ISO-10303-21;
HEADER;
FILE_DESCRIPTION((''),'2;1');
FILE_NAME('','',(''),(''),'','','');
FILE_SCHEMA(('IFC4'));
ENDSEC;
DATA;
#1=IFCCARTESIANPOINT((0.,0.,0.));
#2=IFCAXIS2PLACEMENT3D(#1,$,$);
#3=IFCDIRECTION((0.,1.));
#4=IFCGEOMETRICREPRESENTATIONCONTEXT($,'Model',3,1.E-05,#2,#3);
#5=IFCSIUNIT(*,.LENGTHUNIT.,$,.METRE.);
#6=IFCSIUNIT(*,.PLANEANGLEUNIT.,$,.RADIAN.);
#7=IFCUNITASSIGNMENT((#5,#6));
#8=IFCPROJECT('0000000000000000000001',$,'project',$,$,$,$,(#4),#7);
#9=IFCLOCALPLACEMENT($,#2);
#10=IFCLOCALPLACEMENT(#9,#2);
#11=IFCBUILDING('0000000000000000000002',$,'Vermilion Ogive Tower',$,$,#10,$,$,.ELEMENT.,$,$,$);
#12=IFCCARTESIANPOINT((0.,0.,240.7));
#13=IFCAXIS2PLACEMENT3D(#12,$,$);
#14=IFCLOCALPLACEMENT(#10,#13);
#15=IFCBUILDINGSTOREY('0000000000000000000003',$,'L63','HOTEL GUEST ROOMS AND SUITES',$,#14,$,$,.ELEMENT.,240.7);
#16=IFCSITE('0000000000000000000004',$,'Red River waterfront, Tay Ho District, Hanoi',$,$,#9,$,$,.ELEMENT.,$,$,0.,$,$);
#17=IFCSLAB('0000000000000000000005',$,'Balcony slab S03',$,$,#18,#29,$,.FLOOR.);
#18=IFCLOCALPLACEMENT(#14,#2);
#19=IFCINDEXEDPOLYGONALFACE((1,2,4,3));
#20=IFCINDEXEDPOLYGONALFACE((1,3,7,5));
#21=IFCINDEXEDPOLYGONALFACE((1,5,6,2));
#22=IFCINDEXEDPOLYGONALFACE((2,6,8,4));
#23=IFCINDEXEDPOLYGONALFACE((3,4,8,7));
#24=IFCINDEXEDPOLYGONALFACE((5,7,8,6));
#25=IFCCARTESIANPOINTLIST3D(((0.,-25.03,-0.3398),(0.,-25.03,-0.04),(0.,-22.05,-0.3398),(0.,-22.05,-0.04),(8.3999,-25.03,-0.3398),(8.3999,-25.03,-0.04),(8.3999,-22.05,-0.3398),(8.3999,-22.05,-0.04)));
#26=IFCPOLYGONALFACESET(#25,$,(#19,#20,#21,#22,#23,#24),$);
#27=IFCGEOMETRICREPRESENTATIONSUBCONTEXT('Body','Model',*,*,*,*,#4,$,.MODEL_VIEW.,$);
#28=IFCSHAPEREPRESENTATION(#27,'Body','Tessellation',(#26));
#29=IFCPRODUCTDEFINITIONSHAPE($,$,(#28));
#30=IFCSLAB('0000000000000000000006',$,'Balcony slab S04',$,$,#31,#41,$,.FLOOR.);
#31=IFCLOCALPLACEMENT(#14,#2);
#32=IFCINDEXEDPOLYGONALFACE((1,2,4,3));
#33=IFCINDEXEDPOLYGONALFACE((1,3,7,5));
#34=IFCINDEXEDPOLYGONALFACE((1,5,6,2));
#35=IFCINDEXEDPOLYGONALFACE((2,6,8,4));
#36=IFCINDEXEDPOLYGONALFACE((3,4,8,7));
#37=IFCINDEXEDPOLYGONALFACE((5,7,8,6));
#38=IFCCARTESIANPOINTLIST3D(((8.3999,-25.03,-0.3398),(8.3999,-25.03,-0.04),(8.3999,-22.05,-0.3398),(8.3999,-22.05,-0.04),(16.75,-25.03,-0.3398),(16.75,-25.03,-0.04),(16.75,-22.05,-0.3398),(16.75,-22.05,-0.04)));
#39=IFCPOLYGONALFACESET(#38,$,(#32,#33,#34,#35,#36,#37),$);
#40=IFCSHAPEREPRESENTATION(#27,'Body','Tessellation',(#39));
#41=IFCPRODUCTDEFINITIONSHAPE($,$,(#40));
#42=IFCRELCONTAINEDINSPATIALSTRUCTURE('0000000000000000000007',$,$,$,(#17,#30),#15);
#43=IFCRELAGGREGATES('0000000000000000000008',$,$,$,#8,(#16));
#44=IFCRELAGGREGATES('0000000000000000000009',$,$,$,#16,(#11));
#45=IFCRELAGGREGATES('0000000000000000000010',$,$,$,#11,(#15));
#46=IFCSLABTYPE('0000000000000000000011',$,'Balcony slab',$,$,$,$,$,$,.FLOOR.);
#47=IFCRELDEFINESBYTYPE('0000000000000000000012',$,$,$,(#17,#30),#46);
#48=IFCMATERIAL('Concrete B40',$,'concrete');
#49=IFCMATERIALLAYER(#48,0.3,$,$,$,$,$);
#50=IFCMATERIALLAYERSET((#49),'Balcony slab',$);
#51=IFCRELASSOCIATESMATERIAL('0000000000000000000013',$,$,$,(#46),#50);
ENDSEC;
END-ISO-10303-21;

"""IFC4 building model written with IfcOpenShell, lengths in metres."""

from ifc_helpers import new_model, si_unit, direction, frame, origin, place, context, subcontext, project, spatial, polyline, outline, extrude, material, layer, layer_set, type_object, element, save


model = new_model("IFC4")

# Units and contexts
model_context = context("Model", 3, precision=1e-05, world=origin(), true_north=direction((0.0, 1.0)))
body_context = subcontext(model_context, "Body", "Model", "MODEL_VIEW")
ifc_project = project(units=[si_unit("LENGTHUNIT", "METRE"), si_unit("PLANEANGLEUNIT", "RADIAN")], contexts=[model_context])

# Site, building, storey
site_placement = place(None, origin())
site = spatial("IfcSite", under=ifc_project, at=site_placement, Name="Red River waterfront, Tay Ho District, Hanoi", CompositionType="ELEMENT", RefElevation=0.0)
building_placement = place(site_placement, origin())
building = spatial("IfcBuilding", under=site, at=building_placement, Name="Vermilion Ogive Tower", CompositionType="ELEMENT")
storey_placement = place(building_placement, frame((0.0, 0.0, 240.7)))
storey = spatial("IfcBuildingStorey", under=building, at=storey_placement, Name="L63", Description="HOTEL GUEST ROOMS AND SUITES", CompositionType="ELEMENT", Elevation=240.7)

# Slabs
ifc_material_1 = material(Name="Concrete B40", Category="concrete")
ifc_layer_1 = layer(ifc_material_1, 0.3)
ifc_layer_set_1 = layer_set([ifc_layer_1], Name="Balcony slab")
slab_type_1 = type_object("IfcSlabType", Name="Balcony slab", PredefinedType="FLOOR", material=ifc_layer_set_1)
slab_1_placement = place(storey_placement, frame((0.0, 0.0, -0.3398)))
element("IfcSlab", 1, at=slab_1_placement, inside=storey, type_object=slab_type_1, Name="Balcony slab S03", PredefinedType="FLOOR", context=body_context, shape_type="SweptSolid", body=[
    extrude(outline(polyline([(0.0, -25.03), (8.3999, -25.03), (8.3999, -22.05), (0.0, -22.05), (0.0, -25.03)])), origin(), (0.0, 0.0, 1.0), 0.2998),
])
slab_2_placement = place(storey_placement, frame((0.0, 0.0, -0.3398)))
element("IfcSlab", 2, at=slab_2_placement, inside=storey, type_object=slab_type_1, Name="Balcony slab S04", PredefinedType="FLOOR", context=body_context, shape_type="SweptSolid", body=[
    extrude(outline(polyline([(8.3999, -25.03), (16.75, -25.03), (16.75, -22.05), (8.3999, -22.05), (8.3999, -25.03)])), origin(), (0.0, 0.0, 1.0), 0.2998),
])

save(model, "model.ifc")
